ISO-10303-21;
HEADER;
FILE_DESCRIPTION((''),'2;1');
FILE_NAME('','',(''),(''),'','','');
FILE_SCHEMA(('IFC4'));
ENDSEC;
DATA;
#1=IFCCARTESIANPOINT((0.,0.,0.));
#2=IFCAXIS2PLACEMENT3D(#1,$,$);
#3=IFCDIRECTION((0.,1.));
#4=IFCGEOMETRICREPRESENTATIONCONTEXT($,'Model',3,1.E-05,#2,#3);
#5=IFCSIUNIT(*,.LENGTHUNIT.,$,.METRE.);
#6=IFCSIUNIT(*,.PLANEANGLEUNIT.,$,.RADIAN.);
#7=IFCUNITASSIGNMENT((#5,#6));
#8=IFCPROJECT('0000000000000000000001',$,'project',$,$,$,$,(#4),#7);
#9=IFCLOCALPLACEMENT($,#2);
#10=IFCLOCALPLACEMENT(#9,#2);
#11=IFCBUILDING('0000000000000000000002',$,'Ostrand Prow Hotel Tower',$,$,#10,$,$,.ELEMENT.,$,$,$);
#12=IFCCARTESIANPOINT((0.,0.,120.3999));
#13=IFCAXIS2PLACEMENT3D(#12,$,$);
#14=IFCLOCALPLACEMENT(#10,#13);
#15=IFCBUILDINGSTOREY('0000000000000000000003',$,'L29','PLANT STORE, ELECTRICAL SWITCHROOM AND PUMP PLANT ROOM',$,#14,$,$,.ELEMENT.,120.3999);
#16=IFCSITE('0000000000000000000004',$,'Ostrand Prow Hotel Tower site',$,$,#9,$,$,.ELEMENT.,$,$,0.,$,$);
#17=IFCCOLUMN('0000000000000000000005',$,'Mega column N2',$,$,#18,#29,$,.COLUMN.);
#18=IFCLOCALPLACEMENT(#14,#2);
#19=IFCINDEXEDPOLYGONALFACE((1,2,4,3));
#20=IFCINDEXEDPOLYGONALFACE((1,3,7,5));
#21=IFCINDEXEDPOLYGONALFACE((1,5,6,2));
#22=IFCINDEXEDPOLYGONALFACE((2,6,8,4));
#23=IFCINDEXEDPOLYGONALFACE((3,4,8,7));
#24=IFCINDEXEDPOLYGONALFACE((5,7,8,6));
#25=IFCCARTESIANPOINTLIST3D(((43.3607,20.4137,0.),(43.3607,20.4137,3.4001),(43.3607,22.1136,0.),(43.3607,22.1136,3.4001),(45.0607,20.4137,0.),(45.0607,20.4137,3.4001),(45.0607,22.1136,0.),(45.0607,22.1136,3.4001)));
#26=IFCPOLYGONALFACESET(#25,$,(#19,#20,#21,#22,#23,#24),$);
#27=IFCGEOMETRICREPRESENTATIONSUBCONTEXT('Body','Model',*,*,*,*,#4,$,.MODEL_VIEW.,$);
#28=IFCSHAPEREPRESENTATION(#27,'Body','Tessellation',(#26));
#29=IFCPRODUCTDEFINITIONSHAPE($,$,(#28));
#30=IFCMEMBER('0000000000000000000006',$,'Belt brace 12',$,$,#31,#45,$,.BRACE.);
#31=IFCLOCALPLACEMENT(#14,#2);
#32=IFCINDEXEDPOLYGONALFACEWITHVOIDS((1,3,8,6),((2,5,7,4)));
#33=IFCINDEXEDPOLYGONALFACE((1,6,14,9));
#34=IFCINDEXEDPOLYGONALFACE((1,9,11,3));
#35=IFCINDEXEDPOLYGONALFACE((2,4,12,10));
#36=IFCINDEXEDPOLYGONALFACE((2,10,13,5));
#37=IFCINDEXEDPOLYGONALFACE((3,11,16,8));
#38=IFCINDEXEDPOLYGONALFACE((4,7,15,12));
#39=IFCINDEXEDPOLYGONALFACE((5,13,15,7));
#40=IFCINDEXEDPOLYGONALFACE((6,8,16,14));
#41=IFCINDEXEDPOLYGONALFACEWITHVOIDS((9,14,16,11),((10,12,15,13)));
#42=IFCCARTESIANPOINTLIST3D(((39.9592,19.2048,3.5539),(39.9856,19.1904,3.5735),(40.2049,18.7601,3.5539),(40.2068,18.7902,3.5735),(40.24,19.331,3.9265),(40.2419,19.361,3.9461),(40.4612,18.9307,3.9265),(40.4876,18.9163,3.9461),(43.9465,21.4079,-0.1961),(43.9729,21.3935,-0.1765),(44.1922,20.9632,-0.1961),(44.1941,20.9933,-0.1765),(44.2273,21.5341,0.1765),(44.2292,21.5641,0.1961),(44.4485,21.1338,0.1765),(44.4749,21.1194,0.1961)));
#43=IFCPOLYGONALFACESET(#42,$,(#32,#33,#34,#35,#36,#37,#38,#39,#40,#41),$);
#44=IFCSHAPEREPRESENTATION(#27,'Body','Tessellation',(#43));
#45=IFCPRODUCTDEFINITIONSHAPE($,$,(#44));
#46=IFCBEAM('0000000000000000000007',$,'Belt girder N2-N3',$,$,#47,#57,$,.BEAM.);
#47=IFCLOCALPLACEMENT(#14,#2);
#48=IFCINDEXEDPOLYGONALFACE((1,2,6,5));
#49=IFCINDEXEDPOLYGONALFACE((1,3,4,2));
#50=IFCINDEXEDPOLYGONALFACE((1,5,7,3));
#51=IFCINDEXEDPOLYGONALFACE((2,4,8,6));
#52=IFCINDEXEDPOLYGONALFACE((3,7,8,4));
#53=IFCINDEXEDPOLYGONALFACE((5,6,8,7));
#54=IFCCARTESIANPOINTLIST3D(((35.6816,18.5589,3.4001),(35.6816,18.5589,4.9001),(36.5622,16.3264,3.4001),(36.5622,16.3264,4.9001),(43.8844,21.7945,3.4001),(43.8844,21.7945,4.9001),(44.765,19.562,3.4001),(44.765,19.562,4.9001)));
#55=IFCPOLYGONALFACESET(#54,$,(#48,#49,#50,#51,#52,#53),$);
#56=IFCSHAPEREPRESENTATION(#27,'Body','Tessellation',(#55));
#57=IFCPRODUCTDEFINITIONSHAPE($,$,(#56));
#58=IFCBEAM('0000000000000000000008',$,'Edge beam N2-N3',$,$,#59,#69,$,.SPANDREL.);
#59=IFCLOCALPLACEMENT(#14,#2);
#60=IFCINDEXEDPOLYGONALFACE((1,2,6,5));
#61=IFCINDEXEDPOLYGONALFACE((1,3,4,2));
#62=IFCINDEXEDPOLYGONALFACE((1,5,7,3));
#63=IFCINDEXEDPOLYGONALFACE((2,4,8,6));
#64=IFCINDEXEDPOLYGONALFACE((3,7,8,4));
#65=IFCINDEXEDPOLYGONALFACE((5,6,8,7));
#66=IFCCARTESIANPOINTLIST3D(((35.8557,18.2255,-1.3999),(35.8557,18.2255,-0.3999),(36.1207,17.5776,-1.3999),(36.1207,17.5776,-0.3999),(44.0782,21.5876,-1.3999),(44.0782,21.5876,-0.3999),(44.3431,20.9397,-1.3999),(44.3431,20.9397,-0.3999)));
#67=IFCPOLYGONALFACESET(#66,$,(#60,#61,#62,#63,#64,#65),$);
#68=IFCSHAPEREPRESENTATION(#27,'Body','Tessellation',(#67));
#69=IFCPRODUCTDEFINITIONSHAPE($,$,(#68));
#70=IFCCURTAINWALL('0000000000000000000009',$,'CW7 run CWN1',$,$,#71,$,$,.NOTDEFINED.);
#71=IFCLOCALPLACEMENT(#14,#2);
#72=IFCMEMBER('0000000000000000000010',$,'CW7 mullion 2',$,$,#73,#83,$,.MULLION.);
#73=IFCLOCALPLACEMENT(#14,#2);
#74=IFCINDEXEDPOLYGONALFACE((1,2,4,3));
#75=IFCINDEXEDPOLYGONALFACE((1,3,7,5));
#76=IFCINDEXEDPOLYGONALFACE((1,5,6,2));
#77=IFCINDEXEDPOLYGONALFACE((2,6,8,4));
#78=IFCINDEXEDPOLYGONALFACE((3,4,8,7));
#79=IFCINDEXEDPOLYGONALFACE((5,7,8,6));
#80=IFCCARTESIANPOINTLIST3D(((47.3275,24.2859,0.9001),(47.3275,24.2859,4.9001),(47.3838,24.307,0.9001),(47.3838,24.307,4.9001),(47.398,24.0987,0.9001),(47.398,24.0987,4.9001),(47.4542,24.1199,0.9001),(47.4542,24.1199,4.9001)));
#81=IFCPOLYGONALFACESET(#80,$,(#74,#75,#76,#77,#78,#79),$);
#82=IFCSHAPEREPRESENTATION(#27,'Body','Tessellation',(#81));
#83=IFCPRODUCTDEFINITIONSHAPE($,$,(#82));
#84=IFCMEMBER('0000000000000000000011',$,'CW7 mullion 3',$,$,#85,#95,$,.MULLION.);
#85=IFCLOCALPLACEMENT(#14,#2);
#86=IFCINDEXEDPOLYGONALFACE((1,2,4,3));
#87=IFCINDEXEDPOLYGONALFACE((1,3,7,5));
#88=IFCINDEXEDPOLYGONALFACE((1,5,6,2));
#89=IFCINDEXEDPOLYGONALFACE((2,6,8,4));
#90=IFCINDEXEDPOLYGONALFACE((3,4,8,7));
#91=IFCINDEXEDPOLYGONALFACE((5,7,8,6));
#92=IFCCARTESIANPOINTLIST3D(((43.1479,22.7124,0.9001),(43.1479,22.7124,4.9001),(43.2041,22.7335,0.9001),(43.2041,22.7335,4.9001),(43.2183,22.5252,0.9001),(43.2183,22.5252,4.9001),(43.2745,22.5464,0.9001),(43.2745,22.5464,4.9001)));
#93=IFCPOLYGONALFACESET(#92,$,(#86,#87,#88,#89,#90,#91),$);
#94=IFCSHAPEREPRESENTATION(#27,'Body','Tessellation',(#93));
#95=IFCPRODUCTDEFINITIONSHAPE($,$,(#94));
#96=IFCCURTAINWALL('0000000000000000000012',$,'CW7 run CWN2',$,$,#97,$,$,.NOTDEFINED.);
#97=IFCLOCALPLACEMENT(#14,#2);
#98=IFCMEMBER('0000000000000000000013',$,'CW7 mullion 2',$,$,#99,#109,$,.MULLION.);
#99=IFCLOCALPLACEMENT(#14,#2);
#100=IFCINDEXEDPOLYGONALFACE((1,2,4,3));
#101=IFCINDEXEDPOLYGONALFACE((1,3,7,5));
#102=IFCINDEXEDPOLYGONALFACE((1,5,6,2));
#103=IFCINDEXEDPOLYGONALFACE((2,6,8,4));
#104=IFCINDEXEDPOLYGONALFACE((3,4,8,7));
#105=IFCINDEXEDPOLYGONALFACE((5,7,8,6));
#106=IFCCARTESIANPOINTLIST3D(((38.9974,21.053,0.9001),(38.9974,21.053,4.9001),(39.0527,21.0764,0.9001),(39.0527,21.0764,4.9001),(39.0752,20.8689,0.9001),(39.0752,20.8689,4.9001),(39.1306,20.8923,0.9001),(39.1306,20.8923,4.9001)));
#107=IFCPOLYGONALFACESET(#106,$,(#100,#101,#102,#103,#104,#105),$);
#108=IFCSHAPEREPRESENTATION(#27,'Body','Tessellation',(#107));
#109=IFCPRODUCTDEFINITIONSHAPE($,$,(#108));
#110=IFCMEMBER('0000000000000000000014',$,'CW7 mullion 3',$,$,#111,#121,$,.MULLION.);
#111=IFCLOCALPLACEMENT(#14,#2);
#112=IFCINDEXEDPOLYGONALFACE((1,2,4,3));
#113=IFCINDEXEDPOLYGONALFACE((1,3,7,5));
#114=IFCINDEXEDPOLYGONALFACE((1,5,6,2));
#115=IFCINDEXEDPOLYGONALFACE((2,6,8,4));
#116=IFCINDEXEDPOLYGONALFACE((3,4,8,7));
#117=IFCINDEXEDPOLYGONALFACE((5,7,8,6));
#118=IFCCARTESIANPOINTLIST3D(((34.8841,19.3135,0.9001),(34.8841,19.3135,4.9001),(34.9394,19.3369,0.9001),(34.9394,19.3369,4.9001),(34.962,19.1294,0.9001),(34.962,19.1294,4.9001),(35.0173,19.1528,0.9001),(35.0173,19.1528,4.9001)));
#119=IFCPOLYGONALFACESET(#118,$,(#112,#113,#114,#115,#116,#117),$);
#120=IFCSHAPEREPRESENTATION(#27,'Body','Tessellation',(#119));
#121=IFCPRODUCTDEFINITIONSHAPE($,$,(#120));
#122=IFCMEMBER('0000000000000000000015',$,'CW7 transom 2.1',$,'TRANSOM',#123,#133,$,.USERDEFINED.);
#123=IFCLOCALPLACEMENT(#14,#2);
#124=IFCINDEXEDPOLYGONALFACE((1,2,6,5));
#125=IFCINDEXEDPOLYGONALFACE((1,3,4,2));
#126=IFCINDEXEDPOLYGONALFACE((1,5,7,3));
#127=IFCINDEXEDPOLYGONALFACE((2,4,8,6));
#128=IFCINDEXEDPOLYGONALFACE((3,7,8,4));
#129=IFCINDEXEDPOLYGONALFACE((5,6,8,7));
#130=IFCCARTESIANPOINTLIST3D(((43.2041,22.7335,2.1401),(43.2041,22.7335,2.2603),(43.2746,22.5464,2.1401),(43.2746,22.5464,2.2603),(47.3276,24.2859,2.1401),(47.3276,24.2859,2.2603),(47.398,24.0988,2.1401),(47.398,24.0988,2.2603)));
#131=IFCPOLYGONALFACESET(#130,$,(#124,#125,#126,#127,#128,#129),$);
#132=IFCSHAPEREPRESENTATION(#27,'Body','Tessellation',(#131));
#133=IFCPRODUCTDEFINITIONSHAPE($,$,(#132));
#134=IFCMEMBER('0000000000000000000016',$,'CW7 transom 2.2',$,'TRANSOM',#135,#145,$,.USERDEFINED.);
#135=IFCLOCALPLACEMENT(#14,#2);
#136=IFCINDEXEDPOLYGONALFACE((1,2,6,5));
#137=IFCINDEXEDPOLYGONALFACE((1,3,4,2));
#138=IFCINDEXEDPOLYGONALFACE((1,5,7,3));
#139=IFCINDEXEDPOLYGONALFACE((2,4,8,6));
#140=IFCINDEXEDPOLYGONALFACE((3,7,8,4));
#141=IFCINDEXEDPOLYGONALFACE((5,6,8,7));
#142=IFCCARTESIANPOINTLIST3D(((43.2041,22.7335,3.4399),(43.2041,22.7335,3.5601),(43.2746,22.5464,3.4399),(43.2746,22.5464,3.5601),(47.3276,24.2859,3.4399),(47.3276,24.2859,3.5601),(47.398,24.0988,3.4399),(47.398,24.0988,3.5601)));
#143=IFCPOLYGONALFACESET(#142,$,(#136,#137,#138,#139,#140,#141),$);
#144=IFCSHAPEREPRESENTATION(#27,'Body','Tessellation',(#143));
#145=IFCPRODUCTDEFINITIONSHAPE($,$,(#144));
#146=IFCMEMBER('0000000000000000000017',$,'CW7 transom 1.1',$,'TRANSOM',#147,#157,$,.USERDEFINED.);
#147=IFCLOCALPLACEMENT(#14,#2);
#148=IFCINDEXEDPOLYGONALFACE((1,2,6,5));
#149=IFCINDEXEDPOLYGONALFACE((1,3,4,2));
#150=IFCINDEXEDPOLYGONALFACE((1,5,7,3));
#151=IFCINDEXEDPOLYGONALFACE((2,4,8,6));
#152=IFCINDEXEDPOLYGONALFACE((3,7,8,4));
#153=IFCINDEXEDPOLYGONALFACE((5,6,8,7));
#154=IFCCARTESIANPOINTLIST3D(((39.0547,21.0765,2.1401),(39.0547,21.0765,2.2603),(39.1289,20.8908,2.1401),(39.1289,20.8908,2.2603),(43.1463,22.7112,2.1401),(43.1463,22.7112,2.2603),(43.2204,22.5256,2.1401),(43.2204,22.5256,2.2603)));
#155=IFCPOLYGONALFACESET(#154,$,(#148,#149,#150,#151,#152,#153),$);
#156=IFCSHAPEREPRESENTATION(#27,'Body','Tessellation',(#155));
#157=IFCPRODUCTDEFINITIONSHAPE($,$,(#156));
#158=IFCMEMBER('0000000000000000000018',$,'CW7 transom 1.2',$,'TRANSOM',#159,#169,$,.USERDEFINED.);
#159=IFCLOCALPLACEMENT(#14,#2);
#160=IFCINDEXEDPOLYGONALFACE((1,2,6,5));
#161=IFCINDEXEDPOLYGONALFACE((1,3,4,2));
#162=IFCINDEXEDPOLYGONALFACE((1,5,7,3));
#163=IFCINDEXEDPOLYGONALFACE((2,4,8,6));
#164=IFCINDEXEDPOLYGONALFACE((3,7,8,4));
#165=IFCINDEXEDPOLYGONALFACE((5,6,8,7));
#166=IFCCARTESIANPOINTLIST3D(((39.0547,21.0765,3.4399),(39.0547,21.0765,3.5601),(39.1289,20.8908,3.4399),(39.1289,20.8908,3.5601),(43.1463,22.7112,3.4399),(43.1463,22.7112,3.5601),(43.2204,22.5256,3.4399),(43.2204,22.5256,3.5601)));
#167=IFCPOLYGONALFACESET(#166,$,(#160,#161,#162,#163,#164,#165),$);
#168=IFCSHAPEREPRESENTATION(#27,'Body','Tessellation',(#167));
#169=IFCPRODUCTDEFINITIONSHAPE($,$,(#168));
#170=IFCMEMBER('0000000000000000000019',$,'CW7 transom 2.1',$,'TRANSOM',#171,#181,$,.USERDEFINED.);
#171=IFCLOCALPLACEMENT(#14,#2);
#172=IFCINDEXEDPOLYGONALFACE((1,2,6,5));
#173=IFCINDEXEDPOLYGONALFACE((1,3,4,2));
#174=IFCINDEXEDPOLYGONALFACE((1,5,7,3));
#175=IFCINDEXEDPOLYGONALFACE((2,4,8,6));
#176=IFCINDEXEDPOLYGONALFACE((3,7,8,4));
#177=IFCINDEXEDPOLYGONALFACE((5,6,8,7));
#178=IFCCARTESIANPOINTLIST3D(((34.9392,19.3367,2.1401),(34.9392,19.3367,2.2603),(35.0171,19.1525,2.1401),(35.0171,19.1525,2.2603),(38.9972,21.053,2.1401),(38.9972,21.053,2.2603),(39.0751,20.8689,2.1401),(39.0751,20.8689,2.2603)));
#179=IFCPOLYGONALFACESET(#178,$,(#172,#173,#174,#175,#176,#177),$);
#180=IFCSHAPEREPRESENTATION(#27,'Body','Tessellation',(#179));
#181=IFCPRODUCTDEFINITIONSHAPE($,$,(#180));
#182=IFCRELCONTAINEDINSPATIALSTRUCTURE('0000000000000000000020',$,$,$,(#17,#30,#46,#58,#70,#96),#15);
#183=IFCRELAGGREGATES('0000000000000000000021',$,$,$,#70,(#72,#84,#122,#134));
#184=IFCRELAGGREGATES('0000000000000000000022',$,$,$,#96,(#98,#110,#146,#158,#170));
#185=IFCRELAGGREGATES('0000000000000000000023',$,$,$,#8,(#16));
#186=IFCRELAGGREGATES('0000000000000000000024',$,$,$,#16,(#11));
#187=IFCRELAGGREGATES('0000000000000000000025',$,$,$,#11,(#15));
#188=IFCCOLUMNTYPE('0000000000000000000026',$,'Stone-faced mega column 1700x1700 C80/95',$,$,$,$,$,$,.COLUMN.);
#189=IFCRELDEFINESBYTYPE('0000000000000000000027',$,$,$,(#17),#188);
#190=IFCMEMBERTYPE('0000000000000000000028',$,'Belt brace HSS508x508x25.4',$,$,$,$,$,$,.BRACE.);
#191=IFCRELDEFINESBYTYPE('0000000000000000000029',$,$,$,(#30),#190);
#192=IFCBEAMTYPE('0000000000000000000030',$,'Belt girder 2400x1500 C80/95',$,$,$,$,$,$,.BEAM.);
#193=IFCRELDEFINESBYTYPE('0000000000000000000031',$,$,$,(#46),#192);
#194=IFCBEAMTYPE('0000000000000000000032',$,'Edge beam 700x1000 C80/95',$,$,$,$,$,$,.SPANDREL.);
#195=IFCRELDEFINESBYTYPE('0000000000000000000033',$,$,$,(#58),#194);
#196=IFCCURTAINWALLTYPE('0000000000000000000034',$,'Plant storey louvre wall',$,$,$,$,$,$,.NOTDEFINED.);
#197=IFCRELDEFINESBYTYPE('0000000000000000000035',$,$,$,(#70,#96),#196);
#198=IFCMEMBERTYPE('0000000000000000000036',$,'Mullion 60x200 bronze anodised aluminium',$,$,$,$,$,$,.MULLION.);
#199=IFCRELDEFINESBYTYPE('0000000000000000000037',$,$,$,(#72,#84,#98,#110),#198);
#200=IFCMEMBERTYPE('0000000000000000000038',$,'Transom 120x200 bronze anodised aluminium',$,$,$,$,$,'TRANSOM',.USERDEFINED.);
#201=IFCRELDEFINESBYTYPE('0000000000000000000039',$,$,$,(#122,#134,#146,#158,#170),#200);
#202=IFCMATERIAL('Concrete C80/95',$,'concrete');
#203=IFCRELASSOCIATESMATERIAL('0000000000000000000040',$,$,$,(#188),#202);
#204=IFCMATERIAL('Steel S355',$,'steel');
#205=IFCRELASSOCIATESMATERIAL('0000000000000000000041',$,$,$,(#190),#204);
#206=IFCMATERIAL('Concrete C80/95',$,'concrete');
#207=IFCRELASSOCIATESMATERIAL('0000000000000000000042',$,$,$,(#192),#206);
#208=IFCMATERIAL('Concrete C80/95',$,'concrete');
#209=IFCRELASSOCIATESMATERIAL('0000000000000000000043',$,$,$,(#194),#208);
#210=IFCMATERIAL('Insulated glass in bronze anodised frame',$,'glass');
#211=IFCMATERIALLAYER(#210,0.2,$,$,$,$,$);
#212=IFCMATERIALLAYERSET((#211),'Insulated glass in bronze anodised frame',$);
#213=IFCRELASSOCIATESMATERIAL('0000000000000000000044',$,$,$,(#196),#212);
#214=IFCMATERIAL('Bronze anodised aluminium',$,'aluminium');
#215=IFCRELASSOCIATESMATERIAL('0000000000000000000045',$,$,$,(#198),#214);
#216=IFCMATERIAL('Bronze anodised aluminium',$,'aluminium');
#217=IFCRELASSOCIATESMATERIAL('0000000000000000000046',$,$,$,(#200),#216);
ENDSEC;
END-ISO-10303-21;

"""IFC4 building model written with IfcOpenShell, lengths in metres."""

from ifc_helpers import new_model, si_unit, direction, frame, origin, origin_2d, place, context, subcontext, project, spatial, rectangle, hollow_rectangle, extrude, material, layer, layer_set, material_profile, profile_set, type_object, element, aggregate, save


model = new_model("IFC4")

# Units and contexts
model_context = context("Model", 3, precision=1e-05, world=origin(), true_north=direction((0.0, 1.0)))
body_context = subcontext(model_context, "Body", "Model", "MODEL_VIEW")
ifc_project = project(units=[si_unit("LENGTHUNIT", "METRE"), si_unit("PLANEANGLEUNIT", "RADIAN")], contexts=[model_context])

# Site, building, storey
site_placement = place(None, origin())
site = spatial("IfcSite", under=ifc_project, at=site_placement, Name="Ostrand Prow Hotel Tower site", CompositionType="ELEMENT", RefElevation=0.0)
building_placement = place(site_placement, origin())
building = spatial("IfcBuilding", under=site, at=building_placement, Name="Ostrand Prow Hotel Tower", CompositionType="ELEMENT")
storey_placement = place(building_placement, frame((0.0, 0.0, 120.3999)))
storey = spatial("IfcBuildingStorey", under=building, at=storey_placement, Name="L29", Description="PLANT STORE, ELECTRICAL SWITCHROOM AND PUMP PLANT ROOM", CompositionType="ELEMENT", Elevation=120.3999)

# Column
ifc_material_1 = material(Name="Concrete C80/95", Category="concrete")
ifc_material_profile_1 = material_profile(ifc_material_1, rectangle(XDim=1.7, YDim=1.7, at=origin_2d()), Name="RC 1700x1700")
ifc_profile_set_1 = profile_set([ifc_material_profile_1], Name="Concrete C80/95")
column_type = type_object("IfcColumnType", Name="Stone-faced mega column 1700x1700 C80/95", PredefinedType="COLUMN", material=ifc_profile_set_1)
column_placement = place(storey_placement, frame((44.2107, 21.2637, 0.0), z_axis=(0.0, 0.0, 1.0), x_axis=(1.0, 0.0, 0.0)))
element("IfcColumn", 1, at=column_placement, inside=storey, type_object=column_type, Name="Mega column N2", PredefinedType="COLUMN", context=body_context, shape_type="SweptSolid", body=[
    extrude(rectangle(XDim=1.7, YDim=1.7, at=origin_2d()), origin(), (0.0, 0.0, 1.0), 3.4001),
])

# Member
ifc_material_2 = material(Name="Steel S355", Category="steel")
ifc_material_profile_2 = material_profile(ifc_material_2, hollow_rectangle(XDim=0.5081, YDim=0.5081, WallThickness=0.0254, at=origin_2d()), Name="HSS508x508x25.4")
ifc_profile_set_2 = profile_set([ifc_material_profile_2], Name="Steel S355")
member_type_1 = type_object("IfcMemberType", Name="Belt brace HSS508x508x25.4", PredefinedType="BRACE", material=ifc_profile_set_2)
member_1_placement = place(storey_placement, frame((44.2107, 21.2637, 0.0), z_axis=(-0.675767, -0.373385, 0.635549), x_axis=(0.483621, -0.875277, 0.0)))
element("IfcMember", 2, at=member_1_placement, inside=storey, type_object=member_type_1, Name="Belt brace 12", PredefinedType="BRACE", context=body_context, shape_type="SweptSolid", body=[
    extrude(hollow_rectangle(XDim=0.5081, YDim=0.5081, WallThickness=0.0254, at=origin_2d()), origin(), (0.0, 0.0, 1.0), 5.9004),
])

# Beams
ifc_material_3 = material(Name="Concrete C80/95", Category="concrete")
ifc_material_profile_3 = material_profile(ifc_material_3, rectangle(XDim=2.3999, YDim=1.5, at=origin_2d()), Name="RC 2400x1500")
ifc_profile_set_3 = profile_set([ifc_material_profile_3], Name="Concrete C80/95")
beam_type_1 = type_object("IfcBeamType", Name="Belt girder 2400x1500 C80/95", PredefinedType="BEAM", material=ifc_profile_set_3)
beam_1_placement = place(storey_placement, frame((44.3247, 20.6782, 4.1501), z_axis=(-0.930248, -0.366933, 0.0), x_axis=(0.366933, -0.930248, 0.0)))
element("IfcBeam", 3, at=beam_1_placement, inside=storey, type_object=beam_type_1, Name="Belt girder N2-N3", PredefinedType="BEAM", context=body_context, shape_type="SweptSolid", body=[
    extrude(rectangle(XDim=2.3999, YDim=1.5, at=origin_2d()), origin(), (0.0, 0.0, 1.0), 8.8179),
])
ifc_material_4 = material(Name="Concrete C80/95", Category="concrete")
ifc_material_profile_4 = material_profile(ifc_material_4, rectangle(XDim=0.7, YDim=1.0, at=origin_2d()), Name="RC 700x1000")
ifc_profile_set_4 = profile_set([ifc_material_profile_4], Name="Concrete C80/95")
beam_type_2 = type_object("IfcBeamType", Name="Edge beam 700x1000 C80/95", PredefinedType="SPANDREL", material=ifc_profile_set_4)
beam_2_placement = place(storey_placement, frame((44.2107, 21.2637, -0.8999), z_axis=(-0.925612, -0.378473, 0.0), x_axis=(0.378473, -0.925612, 0.0)))
element("IfcBeam", 4, at=beam_2_placement, inside=storey, type_object=beam_type_2, Name="Edge beam N2-N3", PredefinedType="SPANDREL", context=body_context, shape_type="SweptSolid", body=[
    extrude(rectangle(XDim=0.7, YDim=1.0, at=origin_2d()), origin(), (0.0, 0.0, 1.0), 8.8833),
])

# Curtain walls, members
ifc_material_5 = material(Name="Insulated glass in bronze anodised frame", Category="glass")
ifc_layer_1 = layer(ifc_material_5, 0.2)
ifc_layer_set_1 = layer_set([ifc_layer_1], Name="Insulated glass in bronze anodised frame")
curtain_wall_type = type_object("IfcCurtainWallType", Name="Plant storey louvre wall", PredefinedType="NOTDEFINED", material=ifc_layer_set_1)
curtain_wall_1_placement = place(storey_placement, origin())
curtain_wall_1 = element("IfcCurtainWall", 5, at=curtain_wall_1_placement, inside=storey, type_object=curtain_wall_type, Name="CW7 run CWN1", PredefinedType="NOTDEFINED")
ifc_material_6 = material(Name="Bronze anodised aluminium", Category="aluminium")
ifc_material_profile_5 = material_profile(ifc_material_6, rectangle(XDim=0.2, YDim=0.0601, at=origin_2d()), Name="Mullion 60x200 bronze anodised aluminium")
ifc_profile_set_5 = profile_set([ifc_material_profile_5], Name="Bronze anodised aluminium")
member_type_2 = type_object("IfcMemberType", Name="Mullion 60x200 bronze anodised aluminium", PredefinedType="MULLION", material=ifc_profile_set_5)
member_2_placement = place(storey_placement, frame((47.3909, 24.2029, 0.9001), z_axis=(0.0, 0.0, 1.0), x_axis=(0.352309, -0.935884, 0.0)))
member_2 = element("IfcMember", 6, at=member_2_placement, type_object=member_type_2, Name="CW7 mullion 2", PredefinedType="MULLION", context=body_context, shape_type="SweptSolid", body=[
    extrude(rectangle(XDim=0.2, YDim=0.0601, at=origin_2d()), origin(), (0.0, 0.0, 1.0), 4.0),
])
member_3_placement = place(storey_placement, frame((43.2112, 22.6294, 0.9001), z_axis=(0.0, 0.0, 1.0), x_axis=(0.352309, -0.935884, 0.0)))
member_3 = element("IfcMember", 7, at=member_3_placement, type_object=member_type_2, Name="CW7 mullion 3", PredefinedType="MULLION", context=body_context, shape_type="SweptSolid", body=[
    extrude(rectangle(XDim=0.2, YDim=0.0601, at=origin_2d()), origin(), (0.0, 0.0, 1.0), 4.0),
])
curtain_wall_2_placement = place(storey_placement, origin())
curtain_wall_2 = element("IfcCurtainWall", 8, at=curtain_wall_2_placement, inside=storey, type_object=curtain_wall_type, Name="CW7 run CWN2", PredefinedType="NOTDEFINED")
member_4_placement = place(storey_placement, frame((39.064, 20.9727, 0.9001), z_axis=(0.0, 0.0, 1.0), x_axis=(0.389507, -0.921024, 0.0)))
member_4 = element("IfcMember", 9, at=member_4_placement, type_object=member_type_2, Name="CW7 mullion 2", PredefinedType="MULLION", context=body_context, shape_type="SweptSolid", body=[
    extrude(rectangle(XDim=0.2, YDim=0.0601, at=origin_2d()), origin(), (0.0, 0.0, 1.0), 4.0),
])
member_5_placement = place(storey_placement, frame((34.9507, 19.2332, 0.9001), z_axis=(0.0, 0.0, 1.0), x_axis=(0.389507, -0.921024, 0.0)))
member_5 = element("IfcMember", 10, at=member_5_placement, type_object=member_type_2, Name="CW7 mullion 3", PredefinedType="MULLION", context=body_context, shape_type="SweptSolid", body=[
    extrude(rectangle(XDim=0.2, YDim=0.0601, at=origin_2d()), origin(), (0.0, 0.0, 1.0), 4.0),
])

# Members
ifc_material_7 = material(Name="Bronze anodised aluminium", Category="aluminium")
ifc_material_profile_6 = material_profile(ifc_material_7, rectangle(XDim=0.2, YDim=0.1201, at=origin_2d()), Name="Transom 120x200 bronze anodised aluminium")
ifc_profile_set_6 = profile_set([ifc_material_profile_6], Name="Bronze anodised aluminium")
member_type_3 = type_object("IfcMemberType", Name="Transom 120x200 bronze anodised aluminium", ElementType="TRANSOM", PredefinedType="USERDEFINED", material=ifc_profile_set_6)
member_6_placement = place(storey_placement, frame((47.3628, 24.1924, 2.2002), z_axis=(-0.935868, -0.35235, 0.0), x_axis=(0.35235, -0.935868, 0.0)))
member_6 = element("IfcMember", 11, at=member_6_placement, type_object=member_type_3, Name="CW7 transom 2.1", ObjectType="TRANSOM", PredefinedType="USERDEFINED", context=body_context, shape_type="SweptSolid", body=[
    extrude(rectangle(XDim=0.2, YDim=0.1201, at=origin_2d()), origin(), (0.0, 0.0, 1.0), 4.406),
])
member_7_placement = place(storey_placement, frame((47.3628, 24.1924, 3.5), z_axis=(-0.935868, -0.35235, 0.0), x_axis=(0.35235, -0.935868, 0.0)))
member_7 = element("IfcMember", 12, at=member_7_placement, type_object=member_type_3, Name="CW7 transom 2.2", ObjectType="TRANSOM", PredefinedType="USERDEFINED", context=body_context, shape_type="SweptSolid", body=[
    extrude(rectangle(XDim=0.2, YDim=0.1201, at=origin_2d()), origin(), (0.0, 0.0, 1.0), 4.406),
])
member_8_placement = place(storey_placement, frame((43.1833, 22.6184, 2.2002), z_axis=(-0.928622, -0.371028, 0.0), x_axis=(0.371028, -0.928622, 0.0)))
member_8 = element("IfcMember", 13, at=member_8_placement, type_object=member_type_3, Name="CW7 transom 1.1", ObjectType="TRANSOM", PredefinedType="USERDEFINED", context=body_context, shape_type="SweptSolid", body=[
    extrude(rectangle(XDim=0.2, YDim=0.1201, at=origin_2d()), origin(), (0.0, 0.0, 1.0), 4.406),
])
member_9_placement = place(storey_placement, frame((43.1833, 22.6184, 3.5), z_axis=(-0.928622, -0.371028, 0.0), x_axis=(0.371028, -0.928622, 0.0)))
member_9 = element("IfcMember", 14, at=member_9_placement, type_object=member_type_3, Name="CW7 transom 1.2", ObjectType="TRANSOM", PredefinedType="USERDEFINED", context=body_context, shape_type="SweptSolid", body=[
    extrude(rectangle(XDim=0.2, YDim=0.1201, at=origin_2d()), origin(), (0.0, 0.0, 1.0), 4.406),
])
member_10_placement = place(storey_placement, frame((39.0361, 20.9609, 2.2002), z_axis=(-0.921006, -0.389548, 0.0), x_axis=(0.389548, -0.921006, 0.0)))
member_10 = element("IfcMember", 15, at=member_10_placement, type_object=member_type_3, Name="CW7 transom 2.1", ObjectType="TRANSOM", PredefinedType="USERDEFINED", context=body_context, shape_type="SweptSolid", body=[
    extrude(rectangle(XDim=0.2, YDim=0.1201, at=origin_2d()), origin(), (0.0, 0.0, 1.0), 4.406),
])

aggregate(curtain_wall_1, [member_2, member_3, member_6, member_7])
aggregate(curtain_wall_2, [member_4, member_5, member_8, member_9, member_10])

save(model, "model.ifc")
